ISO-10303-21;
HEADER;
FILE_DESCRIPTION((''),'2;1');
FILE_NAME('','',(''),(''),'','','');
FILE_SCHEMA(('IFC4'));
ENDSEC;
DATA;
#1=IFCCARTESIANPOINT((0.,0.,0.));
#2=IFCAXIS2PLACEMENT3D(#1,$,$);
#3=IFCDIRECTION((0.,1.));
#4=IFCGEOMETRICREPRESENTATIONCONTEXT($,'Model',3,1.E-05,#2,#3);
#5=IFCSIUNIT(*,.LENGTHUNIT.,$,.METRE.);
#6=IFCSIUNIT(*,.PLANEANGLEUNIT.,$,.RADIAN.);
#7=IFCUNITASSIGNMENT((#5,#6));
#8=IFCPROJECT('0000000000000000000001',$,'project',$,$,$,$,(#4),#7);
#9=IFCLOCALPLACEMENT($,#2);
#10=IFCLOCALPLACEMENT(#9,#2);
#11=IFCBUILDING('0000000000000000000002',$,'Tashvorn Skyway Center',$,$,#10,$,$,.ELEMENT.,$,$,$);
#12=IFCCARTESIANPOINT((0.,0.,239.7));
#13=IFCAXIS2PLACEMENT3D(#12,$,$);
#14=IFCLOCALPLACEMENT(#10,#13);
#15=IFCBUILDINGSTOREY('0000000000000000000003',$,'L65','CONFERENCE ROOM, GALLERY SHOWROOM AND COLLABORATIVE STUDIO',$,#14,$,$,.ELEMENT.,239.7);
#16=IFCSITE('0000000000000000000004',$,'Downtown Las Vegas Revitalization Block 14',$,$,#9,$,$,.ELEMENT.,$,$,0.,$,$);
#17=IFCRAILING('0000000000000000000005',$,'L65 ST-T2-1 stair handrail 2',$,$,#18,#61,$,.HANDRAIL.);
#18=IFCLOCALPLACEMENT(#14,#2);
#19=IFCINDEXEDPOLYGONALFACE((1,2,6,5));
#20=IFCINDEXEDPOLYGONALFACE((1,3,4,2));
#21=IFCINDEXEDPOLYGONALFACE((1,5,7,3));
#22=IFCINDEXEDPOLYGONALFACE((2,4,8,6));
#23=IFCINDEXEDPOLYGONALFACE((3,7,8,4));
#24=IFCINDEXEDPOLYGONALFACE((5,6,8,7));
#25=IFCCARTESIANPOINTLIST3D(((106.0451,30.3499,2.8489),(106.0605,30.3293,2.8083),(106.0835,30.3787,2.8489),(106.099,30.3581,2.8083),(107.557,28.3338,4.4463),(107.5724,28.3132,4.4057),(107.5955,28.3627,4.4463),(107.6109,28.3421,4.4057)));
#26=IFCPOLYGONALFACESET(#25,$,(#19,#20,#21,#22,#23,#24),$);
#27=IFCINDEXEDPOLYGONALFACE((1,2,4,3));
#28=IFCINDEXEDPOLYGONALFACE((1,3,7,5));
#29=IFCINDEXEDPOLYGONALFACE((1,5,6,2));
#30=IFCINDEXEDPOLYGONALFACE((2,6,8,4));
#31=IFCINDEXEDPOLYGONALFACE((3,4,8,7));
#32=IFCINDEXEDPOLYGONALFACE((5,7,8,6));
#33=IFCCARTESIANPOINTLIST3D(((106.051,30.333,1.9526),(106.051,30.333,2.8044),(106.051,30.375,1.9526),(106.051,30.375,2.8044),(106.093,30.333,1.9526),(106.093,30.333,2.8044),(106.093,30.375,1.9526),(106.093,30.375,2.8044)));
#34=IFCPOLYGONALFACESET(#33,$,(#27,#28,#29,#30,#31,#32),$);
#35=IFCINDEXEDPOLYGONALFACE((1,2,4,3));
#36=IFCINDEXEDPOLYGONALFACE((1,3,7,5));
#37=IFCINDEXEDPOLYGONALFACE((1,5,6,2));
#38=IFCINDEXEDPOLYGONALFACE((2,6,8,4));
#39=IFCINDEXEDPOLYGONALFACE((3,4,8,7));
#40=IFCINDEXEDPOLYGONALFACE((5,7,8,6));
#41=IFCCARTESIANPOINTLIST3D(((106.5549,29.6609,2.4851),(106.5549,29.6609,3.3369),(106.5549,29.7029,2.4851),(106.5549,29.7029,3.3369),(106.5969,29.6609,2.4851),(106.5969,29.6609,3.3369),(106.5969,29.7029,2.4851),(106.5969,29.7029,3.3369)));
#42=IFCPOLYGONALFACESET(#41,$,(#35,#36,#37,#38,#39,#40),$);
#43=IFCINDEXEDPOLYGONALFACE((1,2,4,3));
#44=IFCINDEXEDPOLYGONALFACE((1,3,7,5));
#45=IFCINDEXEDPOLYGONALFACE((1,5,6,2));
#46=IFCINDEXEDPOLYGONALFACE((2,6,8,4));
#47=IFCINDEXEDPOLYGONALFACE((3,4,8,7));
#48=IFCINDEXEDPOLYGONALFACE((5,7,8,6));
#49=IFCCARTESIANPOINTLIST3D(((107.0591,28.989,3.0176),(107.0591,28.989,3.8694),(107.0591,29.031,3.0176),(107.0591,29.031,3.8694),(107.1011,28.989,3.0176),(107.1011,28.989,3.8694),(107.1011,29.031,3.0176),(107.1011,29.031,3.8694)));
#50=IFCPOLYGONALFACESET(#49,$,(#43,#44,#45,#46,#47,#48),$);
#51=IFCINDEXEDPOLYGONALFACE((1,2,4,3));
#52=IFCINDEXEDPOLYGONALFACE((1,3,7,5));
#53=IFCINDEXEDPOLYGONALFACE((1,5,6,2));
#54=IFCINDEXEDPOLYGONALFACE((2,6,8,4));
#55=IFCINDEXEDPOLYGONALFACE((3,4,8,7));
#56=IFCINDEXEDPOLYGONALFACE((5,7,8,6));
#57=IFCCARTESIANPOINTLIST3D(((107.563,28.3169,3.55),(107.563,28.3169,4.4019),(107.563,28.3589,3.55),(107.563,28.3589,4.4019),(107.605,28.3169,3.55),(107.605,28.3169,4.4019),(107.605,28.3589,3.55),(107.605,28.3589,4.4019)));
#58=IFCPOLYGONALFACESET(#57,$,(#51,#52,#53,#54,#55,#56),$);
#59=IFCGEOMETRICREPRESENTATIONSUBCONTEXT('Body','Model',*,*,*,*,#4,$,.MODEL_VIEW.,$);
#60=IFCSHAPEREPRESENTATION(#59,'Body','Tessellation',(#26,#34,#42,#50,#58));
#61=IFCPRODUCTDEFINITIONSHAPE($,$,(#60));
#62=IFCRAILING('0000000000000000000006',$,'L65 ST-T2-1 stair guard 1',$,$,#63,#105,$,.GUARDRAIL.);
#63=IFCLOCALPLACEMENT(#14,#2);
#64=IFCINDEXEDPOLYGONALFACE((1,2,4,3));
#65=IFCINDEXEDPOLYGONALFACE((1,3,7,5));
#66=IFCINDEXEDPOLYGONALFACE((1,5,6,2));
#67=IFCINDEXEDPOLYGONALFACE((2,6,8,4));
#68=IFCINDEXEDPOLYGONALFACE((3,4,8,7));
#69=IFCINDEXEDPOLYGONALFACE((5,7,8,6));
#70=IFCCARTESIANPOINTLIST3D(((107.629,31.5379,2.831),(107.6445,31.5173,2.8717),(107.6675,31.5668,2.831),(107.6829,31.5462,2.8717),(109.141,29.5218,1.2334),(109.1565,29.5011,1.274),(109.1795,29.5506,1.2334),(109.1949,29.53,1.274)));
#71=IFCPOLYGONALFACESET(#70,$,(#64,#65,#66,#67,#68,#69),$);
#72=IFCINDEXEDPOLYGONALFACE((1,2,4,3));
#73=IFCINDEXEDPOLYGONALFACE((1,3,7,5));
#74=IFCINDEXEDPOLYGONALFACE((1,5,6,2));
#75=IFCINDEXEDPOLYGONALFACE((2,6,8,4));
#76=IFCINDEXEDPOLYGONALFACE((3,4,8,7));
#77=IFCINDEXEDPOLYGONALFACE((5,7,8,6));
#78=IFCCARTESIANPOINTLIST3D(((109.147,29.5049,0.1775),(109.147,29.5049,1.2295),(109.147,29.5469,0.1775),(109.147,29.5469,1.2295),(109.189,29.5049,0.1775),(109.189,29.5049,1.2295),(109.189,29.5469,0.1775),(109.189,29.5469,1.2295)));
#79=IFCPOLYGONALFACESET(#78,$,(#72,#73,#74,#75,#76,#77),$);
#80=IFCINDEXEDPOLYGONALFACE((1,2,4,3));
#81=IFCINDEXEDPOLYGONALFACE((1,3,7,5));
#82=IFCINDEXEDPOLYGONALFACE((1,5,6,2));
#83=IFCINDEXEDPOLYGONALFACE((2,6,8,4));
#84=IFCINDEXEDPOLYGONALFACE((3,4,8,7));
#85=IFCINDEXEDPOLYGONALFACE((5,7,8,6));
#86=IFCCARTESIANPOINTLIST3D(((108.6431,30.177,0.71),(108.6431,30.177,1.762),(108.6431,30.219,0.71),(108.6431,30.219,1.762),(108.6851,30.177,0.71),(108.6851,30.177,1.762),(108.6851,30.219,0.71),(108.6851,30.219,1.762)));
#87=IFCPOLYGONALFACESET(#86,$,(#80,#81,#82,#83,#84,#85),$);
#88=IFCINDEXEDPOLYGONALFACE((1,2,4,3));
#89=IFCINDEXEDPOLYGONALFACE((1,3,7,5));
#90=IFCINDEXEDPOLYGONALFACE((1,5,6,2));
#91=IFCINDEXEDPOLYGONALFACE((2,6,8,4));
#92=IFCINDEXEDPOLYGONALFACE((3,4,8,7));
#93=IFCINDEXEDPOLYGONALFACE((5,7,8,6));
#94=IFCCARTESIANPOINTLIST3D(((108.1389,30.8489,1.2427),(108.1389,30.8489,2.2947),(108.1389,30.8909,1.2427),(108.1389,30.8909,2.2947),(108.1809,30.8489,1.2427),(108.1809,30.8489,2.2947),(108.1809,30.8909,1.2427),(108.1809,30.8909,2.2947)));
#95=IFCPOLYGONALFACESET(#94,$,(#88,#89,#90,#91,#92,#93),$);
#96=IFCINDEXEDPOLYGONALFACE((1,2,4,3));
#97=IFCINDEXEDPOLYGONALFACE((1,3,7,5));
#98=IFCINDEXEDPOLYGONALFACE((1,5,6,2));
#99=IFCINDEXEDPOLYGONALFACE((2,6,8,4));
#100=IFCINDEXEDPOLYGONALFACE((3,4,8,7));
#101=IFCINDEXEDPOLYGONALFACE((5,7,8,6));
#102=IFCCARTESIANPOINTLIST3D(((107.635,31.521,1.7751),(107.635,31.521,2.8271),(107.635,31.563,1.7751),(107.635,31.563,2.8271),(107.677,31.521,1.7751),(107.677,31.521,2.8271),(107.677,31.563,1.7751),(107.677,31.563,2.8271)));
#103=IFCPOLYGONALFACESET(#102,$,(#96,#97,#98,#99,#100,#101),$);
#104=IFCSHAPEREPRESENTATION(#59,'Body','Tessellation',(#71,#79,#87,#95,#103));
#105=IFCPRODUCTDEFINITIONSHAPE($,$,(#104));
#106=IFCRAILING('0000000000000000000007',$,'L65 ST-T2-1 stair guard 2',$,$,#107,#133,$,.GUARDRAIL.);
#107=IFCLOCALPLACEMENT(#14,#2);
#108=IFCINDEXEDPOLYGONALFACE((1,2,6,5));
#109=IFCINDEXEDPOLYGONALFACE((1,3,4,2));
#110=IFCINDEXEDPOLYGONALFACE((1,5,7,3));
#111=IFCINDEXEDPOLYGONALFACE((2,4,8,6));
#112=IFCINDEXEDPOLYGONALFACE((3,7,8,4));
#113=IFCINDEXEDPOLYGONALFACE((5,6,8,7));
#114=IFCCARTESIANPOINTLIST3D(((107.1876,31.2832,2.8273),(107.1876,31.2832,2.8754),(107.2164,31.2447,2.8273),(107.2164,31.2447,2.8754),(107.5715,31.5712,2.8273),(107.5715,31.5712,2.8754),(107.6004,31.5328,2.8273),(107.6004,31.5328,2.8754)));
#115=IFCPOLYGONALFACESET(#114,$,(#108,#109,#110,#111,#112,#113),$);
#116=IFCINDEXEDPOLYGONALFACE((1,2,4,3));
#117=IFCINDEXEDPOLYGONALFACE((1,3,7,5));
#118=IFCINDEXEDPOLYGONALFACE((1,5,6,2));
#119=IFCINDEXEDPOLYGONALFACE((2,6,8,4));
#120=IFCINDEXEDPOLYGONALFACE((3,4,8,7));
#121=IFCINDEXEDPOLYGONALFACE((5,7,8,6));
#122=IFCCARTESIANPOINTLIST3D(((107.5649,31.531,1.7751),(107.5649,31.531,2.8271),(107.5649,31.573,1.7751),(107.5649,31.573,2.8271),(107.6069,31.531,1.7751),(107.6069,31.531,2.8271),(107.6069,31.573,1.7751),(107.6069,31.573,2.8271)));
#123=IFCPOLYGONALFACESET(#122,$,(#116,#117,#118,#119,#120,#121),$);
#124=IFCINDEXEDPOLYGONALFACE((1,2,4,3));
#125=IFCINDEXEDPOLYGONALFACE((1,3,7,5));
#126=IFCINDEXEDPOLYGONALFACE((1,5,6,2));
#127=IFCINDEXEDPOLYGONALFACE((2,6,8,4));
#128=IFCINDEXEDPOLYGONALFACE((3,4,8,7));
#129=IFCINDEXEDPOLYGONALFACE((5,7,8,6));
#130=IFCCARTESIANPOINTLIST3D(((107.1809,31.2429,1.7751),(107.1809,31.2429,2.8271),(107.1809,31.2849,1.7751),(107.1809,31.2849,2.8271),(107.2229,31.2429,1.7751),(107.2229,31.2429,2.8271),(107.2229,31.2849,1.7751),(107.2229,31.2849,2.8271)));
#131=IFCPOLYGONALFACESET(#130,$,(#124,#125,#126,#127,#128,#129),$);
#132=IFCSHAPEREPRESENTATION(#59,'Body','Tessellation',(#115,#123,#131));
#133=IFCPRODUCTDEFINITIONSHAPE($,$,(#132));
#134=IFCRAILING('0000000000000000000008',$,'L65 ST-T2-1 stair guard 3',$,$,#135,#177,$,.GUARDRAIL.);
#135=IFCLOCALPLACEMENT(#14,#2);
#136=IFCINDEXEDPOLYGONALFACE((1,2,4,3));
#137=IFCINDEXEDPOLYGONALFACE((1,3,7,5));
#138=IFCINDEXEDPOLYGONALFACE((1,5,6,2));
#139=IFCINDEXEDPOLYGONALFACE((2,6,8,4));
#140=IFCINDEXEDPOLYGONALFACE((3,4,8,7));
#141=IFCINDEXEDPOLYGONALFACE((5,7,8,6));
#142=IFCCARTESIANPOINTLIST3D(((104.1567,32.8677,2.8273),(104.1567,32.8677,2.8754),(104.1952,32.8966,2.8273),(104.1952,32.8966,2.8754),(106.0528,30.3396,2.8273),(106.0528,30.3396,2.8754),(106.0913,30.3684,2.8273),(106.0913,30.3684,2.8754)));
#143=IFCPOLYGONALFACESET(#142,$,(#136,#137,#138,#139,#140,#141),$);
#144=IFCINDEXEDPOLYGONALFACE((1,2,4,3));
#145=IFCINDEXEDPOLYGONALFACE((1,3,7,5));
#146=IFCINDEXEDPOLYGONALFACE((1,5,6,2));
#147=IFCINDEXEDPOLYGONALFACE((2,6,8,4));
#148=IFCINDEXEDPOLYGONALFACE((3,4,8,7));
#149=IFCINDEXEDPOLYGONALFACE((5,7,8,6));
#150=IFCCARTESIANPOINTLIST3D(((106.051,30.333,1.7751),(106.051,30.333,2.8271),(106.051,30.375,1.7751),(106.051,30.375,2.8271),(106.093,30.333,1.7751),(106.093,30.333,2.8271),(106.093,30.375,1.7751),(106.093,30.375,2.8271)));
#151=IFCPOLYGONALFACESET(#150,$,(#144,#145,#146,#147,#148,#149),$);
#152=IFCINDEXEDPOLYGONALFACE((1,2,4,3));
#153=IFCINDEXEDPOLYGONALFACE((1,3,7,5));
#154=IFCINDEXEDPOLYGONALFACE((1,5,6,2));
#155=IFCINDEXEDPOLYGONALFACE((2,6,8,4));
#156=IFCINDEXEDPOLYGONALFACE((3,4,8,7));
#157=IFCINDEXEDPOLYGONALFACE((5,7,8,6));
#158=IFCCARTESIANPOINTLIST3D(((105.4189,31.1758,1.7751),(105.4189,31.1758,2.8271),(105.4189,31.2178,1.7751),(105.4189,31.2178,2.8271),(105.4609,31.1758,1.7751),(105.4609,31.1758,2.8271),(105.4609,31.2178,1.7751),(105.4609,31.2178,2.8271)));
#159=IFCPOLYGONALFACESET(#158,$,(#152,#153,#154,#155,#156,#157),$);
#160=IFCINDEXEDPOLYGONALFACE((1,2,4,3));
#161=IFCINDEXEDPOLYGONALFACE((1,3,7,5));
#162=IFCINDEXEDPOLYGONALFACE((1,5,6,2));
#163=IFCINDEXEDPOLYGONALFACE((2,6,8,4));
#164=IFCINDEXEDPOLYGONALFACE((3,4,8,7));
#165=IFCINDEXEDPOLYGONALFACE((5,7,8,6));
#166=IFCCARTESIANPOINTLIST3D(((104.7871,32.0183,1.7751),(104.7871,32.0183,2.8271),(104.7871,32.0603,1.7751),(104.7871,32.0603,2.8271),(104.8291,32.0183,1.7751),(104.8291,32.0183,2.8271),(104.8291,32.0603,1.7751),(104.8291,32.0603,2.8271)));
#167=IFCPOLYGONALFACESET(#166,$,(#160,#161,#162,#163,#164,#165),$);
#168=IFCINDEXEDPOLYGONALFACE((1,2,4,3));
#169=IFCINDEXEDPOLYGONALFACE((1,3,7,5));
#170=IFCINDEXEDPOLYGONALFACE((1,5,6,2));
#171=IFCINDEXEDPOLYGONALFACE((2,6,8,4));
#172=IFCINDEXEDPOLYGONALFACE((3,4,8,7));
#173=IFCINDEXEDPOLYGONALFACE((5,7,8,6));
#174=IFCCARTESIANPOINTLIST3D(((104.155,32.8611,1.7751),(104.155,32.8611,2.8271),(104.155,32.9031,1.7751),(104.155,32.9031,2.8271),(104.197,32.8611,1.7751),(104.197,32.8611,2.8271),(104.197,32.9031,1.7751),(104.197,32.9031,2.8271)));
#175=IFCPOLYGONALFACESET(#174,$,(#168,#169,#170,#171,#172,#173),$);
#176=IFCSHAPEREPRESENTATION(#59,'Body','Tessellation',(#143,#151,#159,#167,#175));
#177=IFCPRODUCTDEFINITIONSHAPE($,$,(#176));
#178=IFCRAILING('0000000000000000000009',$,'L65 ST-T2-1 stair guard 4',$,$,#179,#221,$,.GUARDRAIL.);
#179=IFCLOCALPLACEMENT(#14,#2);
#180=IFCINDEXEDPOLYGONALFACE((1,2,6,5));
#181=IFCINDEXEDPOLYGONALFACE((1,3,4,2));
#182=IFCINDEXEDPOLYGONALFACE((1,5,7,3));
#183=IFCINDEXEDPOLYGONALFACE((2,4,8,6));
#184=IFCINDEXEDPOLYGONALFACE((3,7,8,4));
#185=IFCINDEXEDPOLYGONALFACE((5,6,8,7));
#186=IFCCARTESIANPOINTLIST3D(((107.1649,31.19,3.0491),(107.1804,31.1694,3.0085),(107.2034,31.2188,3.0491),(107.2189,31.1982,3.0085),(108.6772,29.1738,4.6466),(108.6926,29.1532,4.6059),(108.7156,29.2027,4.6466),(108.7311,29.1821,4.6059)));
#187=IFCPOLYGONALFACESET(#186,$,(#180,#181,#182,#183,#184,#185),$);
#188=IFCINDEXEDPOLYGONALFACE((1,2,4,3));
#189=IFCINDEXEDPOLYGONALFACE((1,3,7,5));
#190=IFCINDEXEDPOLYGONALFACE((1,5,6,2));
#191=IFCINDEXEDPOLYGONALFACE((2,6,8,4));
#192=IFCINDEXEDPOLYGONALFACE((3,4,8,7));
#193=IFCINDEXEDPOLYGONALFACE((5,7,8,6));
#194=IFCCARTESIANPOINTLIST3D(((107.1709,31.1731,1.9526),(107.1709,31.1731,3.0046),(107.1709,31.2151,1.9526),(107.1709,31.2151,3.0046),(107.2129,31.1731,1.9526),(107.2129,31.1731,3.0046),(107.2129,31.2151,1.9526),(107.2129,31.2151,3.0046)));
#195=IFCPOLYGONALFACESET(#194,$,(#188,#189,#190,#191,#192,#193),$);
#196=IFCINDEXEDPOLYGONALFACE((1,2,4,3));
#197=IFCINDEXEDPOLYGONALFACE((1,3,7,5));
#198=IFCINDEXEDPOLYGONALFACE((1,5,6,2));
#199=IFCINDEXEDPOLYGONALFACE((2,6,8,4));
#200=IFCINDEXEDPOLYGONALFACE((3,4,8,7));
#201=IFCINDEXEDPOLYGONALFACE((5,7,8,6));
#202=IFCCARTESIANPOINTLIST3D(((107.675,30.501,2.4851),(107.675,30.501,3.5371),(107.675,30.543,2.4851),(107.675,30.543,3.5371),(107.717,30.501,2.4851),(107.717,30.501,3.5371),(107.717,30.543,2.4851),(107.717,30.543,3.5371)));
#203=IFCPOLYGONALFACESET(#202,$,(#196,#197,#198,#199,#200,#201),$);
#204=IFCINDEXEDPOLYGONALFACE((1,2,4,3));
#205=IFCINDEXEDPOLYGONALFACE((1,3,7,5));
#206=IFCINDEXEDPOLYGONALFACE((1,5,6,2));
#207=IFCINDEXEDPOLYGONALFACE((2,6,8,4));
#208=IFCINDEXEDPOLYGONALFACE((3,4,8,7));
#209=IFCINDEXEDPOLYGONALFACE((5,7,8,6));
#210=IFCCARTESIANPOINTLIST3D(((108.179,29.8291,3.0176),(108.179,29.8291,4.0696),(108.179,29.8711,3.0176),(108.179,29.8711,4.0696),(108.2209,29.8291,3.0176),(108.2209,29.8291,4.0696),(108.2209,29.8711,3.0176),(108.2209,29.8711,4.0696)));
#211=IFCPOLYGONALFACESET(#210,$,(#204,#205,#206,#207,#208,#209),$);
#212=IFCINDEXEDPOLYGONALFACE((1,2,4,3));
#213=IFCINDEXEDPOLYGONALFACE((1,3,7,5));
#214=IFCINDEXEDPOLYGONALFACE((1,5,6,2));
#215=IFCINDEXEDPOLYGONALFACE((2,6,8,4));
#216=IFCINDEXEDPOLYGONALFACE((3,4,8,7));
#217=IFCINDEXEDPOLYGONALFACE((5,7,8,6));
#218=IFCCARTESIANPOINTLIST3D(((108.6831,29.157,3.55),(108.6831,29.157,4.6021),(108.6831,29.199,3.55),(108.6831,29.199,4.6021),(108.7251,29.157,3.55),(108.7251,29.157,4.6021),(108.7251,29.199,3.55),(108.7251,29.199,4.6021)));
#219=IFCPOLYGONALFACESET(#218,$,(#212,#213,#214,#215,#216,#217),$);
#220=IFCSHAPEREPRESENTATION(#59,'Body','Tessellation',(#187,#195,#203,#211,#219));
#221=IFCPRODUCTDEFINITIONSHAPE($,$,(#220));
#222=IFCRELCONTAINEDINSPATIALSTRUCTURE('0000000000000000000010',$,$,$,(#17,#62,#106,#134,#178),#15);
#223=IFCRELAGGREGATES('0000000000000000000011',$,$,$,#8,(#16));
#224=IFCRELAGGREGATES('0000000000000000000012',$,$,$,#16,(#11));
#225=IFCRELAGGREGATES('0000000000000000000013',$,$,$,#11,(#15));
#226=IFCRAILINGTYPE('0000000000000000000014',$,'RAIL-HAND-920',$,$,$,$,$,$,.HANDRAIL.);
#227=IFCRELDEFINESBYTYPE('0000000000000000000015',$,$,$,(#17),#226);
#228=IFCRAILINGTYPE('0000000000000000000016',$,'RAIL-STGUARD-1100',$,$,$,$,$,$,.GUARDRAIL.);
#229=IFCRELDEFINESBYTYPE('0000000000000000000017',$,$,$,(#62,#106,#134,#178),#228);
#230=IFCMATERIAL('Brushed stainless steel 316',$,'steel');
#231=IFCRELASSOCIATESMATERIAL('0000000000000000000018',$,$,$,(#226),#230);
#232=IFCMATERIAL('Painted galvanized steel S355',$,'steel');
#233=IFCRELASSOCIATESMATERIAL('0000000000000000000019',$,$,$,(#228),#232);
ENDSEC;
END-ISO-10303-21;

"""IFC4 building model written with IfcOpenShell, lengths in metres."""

from ifc_helpers import new_model, si_unit, direction, frame, origin, origin_2d, place, context, subcontext, project, spatial, rectangle, extrude, material, type_object, element, save


model = new_model("IFC4")

# Units and contexts
model_context = context("Model", 3, precision=1e-05, world=origin(), true_north=direction((0.0, 1.0)))
body_context = subcontext(model_context, "Body", "Model", "MODEL_VIEW")
ifc_project = project(units=[si_unit("LENGTHUNIT", "METRE"), si_unit("PLANEANGLEUNIT", "RADIAN")], contexts=[model_context])

# Site, building, storey
site_placement = place(None, origin())
site = spatial("IfcSite", under=ifc_project, at=site_placement, Name="Downtown Las Vegas Revitalization Block 14", CompositionType="ELEMENT", RefElevation=0.0)
building_placement = place(site_placement, origin())
building = spatial("IfcBuilding", under=site, at=building_placement, Name="Tashvorn Skyway Center", CompositionType="ELEMENT")
storey_placement = place(building_placement, frame((0.0, 0.0, 239.7)))
storey = spatial("IfcBuildingStorey", under=building, at=storey_placement, Name="L65", Description="CONFERENCE ROOM, GALLERY SHOWROOM AND COLLABORATIVE STUDIO", CompositionType="ELEMENT", Elevation=239.7)

# Railings
ifc_material_1 = material(Name="Brushed stainless steel 316", Category="steel")
railing_type_1 = type_object("IfcRailingType", Name="RAIL-HAND-920", PredefinedType="HANDRAIL", material=ifc_material_1)
railing_1_placement = place(storey_placement, frame((106.072, 30.354, 1.9526)))
element("IfcRailing", 1, at=railing_1_placement, inside=storey, type_object=railing_type_1, Name="L65 ST-T2-1 stair handrail 2", PredefinedType="HANDRAIL", context=body_context, shape_type="SweptSolid", body=[
    extrude(rectangle(XDim=0.0481, YDim=0.0481, at=origin_2d()), frame((0.0, 0.0, 0.876), z_axis=(0.506741, -0.675709, 0.535379), x_axis=(0.800023, 0.599969, 0.0)), (0.0, 0.0, 1.0), 2.9836),
    extrude(rectangle(XDim=0.042, YDim=0.042, at=origin_2d()), origin(), (0.0, 0.0, 1.0), 0.8518),
    extrude(rectangle(XDim=0.042, YDim=0.042, at=origin_2d()), frame((0.5039, -0.6721, 0.5325)), (0.0, 0.0, 1.0), 0.8518),
    extrude(rectangle(XDim=0.042, YDim=0.042, at=origin_2d()), frame((1.0081, -1.344, 1.0649)), (0.0, 0.0, 1.0), 0.8518),
    extrude(rectangle(XDim=0.042, YDim=0.042, at=origin_2d()), frame((1.512, -2.0161, 1.5974)), (0.0, 0.0, 1.0), 0.8518),
])
ifc_material_2 = material(Name="Painted galvanized steel S355", Category="steel")
railing_type_2 = type_object("IfcRailingType", Name="RAIL-STGUARD-1100", PredefinedType="GUARDRAIL", material=ifc_material_2)
railing_2_placement = place(storey_placement, frame((109.168, 29.5259, 0.1775)))
element("IfcRailing", 2, at=railing_2_placement, inside=storey, type_object=railing_type_2, Name="L65 ST-T2-1 stair guard 1", PredefinedType="GUARDRAIL", context=body_context, shape_type="SweptSolid", body=[
    extrude(rectangle(XDim=0.0481, YDim=0.0481, at=origin_2d()), frame((0.0, 0.0, 1.0762), z_axis=(-0.506719, 0.675679, 0.535438), x_axis=(-0.800023, -0.599969, 0.0)), (0.0, 0.0, 1.0), 2.9839),
    extrude(rectangle(XDim=0.042, YDim=0.042, at=origin_2d()), origin(), (0.0, 0.0, 1.0), 1.052),
    extrude(rectangle(XDim=0.042, YDim=0.042, at=origin_2d()), frame((-0.5039, 0.6721, 0.5325)), (0.0, 0.0, 1.0), 1.052),
    extrude(rectangle(XDim=0.042, YDim=0.042, at=origin_2d()), frame((-1.0081, 1.344, 1.0652)), (0.0, 0.0, 1.0), 1.052),
    extrude(rectangle(XDim=0.042, YDim=0.042, at=origin_2d()), frame((-1.512, 2.0161, 1.5977)), (0.0, 0.0, 1.0), 1.052),
])
railing_3_placement = place(storey_placement, frame((107.5859, 31.552, 1.7751)))
element("IfcRailing", 3, at=railing_3_placement, inside=storey, type_object=railing_type_2, Name="L65 ST-T2-1 stair guard 2", PredefinedType="GUARDRAIL", context=body_context, shape_type="SweptSolid", body=[
    extrude(rectangle(XDim=0.0481, YDim=0.0481, at=origin_2d()), frame((0.0, 0.0, 1.0762), z_axis=(-0.799939, -0.600081, 0.0), x_axis=(0.600081, -0.799939, 0.0)), (0.0, 0.0, 1.0), 0.48),
    extrude(rectangle(XDim=0.042, YDim=0.042, at=origin_2d()), origin(), (0.0, 0.0, 1.0), 1.052),
    extrude(rectangle(XDim=0.042, YDim=0.042, at=origin_2d()), frame((-0.384, -0.2881, 0.0)), (0.0, 0.0, 1.0), 1.052),
])
railing_4_placement = place(storey_placement, frame((106.072, 30.354, 1.7751)))
element("IfcRailing", 4, at=railing_4_placement, inside=storey, type_object=railing_type_2, Name="L65 ST-T2-1 stair guard 3", PredefinedType="GUARDRAIL", context=body_context, shape_type="SweptSolid", body=[
    extrude(rectangle(XDim=0.0481, YDim=0.0481, at=origin_2d()), frame((0.0, 0.0, 1.0762), z_axis=(-0.599988, 0.800009, 0.0), x_axis=(-0.800009, -0.599988, 0.0)), (0.0, 0.0, 1.0), 3.1602),
    extrude(rectangle(XDim=0.042, YDim=0.042, at=origin_2d()), origin(), (0.0, 0.0, 1.0), 1.052),
    extrude(rectangle(XDim=0.042, YDim=0.042, at=origin_2d()), frame((-0.6321, 0.8428, 0.0)), (0.0, 0.0, 1.0), 1.052),
    extrude(rectangle(XDim=0.042, YDim=0.042, at=origin_2d()), frame((-1.2639, 1.6853, 0.0)), (0.0, 0.0, 1.0), 1.052),
    extrude(rectangle(XDim=0.042, YDim=0.042, at=origin_2d()), frame((-1.896, 2.5281, 0.0)), (0.0, 0.0, 1.0), 1.052),
])
railing_5_placement = place(storey_placement, frame((107.1919, 31.1941, 1.9526)))
element("IfcRailing", 5, at=railing_5_placement, inside=storey, type_object=railing_type_2, Name="L65 ST-T2-1 stair guard 4", PredefinedType="GUARDRAIL", context=body_context, shape_type="SweptSolid", body=[
    extrude(rectangle(XDim=0.0481, YDim=0.0481, at=origin_2d()), frame((0.0, 0.0, 1.0762), z_axis=(0.506802, -0.675681, 0.535357), x_axis=(0.799977, 0.600031, 0.0)), (0.0, 0.0, 1.0), 2.9839),
    extrude(rectangle(XDim=0.042, YDim=0.042, at=origin_2d()), origin(), (0.0, 0.0, 1.0), 1.052),
    extrude(rectangle(XDim=0.042, YDim=0.042, at=origin_2d()), frame((0.5042, -0.6721, 0.5325)), (0.0, 0.0, 1.0), 1.052),
    extrude(rectangle(XDim=0.042, YDim=0.042, at=origin_2d()), frame((1.0081, -1.344, 1.0649)), (0.0, 0.0, 1.0), 1.052),
    extrude(rectangle(XDim=0.042, YDim=0.042, at=origin_2d()), frame((1.5122, -2.0161, 1.5974)), (0.0, 0.0, 1.0), 1.052),
])

save(model, "model.ifc")
